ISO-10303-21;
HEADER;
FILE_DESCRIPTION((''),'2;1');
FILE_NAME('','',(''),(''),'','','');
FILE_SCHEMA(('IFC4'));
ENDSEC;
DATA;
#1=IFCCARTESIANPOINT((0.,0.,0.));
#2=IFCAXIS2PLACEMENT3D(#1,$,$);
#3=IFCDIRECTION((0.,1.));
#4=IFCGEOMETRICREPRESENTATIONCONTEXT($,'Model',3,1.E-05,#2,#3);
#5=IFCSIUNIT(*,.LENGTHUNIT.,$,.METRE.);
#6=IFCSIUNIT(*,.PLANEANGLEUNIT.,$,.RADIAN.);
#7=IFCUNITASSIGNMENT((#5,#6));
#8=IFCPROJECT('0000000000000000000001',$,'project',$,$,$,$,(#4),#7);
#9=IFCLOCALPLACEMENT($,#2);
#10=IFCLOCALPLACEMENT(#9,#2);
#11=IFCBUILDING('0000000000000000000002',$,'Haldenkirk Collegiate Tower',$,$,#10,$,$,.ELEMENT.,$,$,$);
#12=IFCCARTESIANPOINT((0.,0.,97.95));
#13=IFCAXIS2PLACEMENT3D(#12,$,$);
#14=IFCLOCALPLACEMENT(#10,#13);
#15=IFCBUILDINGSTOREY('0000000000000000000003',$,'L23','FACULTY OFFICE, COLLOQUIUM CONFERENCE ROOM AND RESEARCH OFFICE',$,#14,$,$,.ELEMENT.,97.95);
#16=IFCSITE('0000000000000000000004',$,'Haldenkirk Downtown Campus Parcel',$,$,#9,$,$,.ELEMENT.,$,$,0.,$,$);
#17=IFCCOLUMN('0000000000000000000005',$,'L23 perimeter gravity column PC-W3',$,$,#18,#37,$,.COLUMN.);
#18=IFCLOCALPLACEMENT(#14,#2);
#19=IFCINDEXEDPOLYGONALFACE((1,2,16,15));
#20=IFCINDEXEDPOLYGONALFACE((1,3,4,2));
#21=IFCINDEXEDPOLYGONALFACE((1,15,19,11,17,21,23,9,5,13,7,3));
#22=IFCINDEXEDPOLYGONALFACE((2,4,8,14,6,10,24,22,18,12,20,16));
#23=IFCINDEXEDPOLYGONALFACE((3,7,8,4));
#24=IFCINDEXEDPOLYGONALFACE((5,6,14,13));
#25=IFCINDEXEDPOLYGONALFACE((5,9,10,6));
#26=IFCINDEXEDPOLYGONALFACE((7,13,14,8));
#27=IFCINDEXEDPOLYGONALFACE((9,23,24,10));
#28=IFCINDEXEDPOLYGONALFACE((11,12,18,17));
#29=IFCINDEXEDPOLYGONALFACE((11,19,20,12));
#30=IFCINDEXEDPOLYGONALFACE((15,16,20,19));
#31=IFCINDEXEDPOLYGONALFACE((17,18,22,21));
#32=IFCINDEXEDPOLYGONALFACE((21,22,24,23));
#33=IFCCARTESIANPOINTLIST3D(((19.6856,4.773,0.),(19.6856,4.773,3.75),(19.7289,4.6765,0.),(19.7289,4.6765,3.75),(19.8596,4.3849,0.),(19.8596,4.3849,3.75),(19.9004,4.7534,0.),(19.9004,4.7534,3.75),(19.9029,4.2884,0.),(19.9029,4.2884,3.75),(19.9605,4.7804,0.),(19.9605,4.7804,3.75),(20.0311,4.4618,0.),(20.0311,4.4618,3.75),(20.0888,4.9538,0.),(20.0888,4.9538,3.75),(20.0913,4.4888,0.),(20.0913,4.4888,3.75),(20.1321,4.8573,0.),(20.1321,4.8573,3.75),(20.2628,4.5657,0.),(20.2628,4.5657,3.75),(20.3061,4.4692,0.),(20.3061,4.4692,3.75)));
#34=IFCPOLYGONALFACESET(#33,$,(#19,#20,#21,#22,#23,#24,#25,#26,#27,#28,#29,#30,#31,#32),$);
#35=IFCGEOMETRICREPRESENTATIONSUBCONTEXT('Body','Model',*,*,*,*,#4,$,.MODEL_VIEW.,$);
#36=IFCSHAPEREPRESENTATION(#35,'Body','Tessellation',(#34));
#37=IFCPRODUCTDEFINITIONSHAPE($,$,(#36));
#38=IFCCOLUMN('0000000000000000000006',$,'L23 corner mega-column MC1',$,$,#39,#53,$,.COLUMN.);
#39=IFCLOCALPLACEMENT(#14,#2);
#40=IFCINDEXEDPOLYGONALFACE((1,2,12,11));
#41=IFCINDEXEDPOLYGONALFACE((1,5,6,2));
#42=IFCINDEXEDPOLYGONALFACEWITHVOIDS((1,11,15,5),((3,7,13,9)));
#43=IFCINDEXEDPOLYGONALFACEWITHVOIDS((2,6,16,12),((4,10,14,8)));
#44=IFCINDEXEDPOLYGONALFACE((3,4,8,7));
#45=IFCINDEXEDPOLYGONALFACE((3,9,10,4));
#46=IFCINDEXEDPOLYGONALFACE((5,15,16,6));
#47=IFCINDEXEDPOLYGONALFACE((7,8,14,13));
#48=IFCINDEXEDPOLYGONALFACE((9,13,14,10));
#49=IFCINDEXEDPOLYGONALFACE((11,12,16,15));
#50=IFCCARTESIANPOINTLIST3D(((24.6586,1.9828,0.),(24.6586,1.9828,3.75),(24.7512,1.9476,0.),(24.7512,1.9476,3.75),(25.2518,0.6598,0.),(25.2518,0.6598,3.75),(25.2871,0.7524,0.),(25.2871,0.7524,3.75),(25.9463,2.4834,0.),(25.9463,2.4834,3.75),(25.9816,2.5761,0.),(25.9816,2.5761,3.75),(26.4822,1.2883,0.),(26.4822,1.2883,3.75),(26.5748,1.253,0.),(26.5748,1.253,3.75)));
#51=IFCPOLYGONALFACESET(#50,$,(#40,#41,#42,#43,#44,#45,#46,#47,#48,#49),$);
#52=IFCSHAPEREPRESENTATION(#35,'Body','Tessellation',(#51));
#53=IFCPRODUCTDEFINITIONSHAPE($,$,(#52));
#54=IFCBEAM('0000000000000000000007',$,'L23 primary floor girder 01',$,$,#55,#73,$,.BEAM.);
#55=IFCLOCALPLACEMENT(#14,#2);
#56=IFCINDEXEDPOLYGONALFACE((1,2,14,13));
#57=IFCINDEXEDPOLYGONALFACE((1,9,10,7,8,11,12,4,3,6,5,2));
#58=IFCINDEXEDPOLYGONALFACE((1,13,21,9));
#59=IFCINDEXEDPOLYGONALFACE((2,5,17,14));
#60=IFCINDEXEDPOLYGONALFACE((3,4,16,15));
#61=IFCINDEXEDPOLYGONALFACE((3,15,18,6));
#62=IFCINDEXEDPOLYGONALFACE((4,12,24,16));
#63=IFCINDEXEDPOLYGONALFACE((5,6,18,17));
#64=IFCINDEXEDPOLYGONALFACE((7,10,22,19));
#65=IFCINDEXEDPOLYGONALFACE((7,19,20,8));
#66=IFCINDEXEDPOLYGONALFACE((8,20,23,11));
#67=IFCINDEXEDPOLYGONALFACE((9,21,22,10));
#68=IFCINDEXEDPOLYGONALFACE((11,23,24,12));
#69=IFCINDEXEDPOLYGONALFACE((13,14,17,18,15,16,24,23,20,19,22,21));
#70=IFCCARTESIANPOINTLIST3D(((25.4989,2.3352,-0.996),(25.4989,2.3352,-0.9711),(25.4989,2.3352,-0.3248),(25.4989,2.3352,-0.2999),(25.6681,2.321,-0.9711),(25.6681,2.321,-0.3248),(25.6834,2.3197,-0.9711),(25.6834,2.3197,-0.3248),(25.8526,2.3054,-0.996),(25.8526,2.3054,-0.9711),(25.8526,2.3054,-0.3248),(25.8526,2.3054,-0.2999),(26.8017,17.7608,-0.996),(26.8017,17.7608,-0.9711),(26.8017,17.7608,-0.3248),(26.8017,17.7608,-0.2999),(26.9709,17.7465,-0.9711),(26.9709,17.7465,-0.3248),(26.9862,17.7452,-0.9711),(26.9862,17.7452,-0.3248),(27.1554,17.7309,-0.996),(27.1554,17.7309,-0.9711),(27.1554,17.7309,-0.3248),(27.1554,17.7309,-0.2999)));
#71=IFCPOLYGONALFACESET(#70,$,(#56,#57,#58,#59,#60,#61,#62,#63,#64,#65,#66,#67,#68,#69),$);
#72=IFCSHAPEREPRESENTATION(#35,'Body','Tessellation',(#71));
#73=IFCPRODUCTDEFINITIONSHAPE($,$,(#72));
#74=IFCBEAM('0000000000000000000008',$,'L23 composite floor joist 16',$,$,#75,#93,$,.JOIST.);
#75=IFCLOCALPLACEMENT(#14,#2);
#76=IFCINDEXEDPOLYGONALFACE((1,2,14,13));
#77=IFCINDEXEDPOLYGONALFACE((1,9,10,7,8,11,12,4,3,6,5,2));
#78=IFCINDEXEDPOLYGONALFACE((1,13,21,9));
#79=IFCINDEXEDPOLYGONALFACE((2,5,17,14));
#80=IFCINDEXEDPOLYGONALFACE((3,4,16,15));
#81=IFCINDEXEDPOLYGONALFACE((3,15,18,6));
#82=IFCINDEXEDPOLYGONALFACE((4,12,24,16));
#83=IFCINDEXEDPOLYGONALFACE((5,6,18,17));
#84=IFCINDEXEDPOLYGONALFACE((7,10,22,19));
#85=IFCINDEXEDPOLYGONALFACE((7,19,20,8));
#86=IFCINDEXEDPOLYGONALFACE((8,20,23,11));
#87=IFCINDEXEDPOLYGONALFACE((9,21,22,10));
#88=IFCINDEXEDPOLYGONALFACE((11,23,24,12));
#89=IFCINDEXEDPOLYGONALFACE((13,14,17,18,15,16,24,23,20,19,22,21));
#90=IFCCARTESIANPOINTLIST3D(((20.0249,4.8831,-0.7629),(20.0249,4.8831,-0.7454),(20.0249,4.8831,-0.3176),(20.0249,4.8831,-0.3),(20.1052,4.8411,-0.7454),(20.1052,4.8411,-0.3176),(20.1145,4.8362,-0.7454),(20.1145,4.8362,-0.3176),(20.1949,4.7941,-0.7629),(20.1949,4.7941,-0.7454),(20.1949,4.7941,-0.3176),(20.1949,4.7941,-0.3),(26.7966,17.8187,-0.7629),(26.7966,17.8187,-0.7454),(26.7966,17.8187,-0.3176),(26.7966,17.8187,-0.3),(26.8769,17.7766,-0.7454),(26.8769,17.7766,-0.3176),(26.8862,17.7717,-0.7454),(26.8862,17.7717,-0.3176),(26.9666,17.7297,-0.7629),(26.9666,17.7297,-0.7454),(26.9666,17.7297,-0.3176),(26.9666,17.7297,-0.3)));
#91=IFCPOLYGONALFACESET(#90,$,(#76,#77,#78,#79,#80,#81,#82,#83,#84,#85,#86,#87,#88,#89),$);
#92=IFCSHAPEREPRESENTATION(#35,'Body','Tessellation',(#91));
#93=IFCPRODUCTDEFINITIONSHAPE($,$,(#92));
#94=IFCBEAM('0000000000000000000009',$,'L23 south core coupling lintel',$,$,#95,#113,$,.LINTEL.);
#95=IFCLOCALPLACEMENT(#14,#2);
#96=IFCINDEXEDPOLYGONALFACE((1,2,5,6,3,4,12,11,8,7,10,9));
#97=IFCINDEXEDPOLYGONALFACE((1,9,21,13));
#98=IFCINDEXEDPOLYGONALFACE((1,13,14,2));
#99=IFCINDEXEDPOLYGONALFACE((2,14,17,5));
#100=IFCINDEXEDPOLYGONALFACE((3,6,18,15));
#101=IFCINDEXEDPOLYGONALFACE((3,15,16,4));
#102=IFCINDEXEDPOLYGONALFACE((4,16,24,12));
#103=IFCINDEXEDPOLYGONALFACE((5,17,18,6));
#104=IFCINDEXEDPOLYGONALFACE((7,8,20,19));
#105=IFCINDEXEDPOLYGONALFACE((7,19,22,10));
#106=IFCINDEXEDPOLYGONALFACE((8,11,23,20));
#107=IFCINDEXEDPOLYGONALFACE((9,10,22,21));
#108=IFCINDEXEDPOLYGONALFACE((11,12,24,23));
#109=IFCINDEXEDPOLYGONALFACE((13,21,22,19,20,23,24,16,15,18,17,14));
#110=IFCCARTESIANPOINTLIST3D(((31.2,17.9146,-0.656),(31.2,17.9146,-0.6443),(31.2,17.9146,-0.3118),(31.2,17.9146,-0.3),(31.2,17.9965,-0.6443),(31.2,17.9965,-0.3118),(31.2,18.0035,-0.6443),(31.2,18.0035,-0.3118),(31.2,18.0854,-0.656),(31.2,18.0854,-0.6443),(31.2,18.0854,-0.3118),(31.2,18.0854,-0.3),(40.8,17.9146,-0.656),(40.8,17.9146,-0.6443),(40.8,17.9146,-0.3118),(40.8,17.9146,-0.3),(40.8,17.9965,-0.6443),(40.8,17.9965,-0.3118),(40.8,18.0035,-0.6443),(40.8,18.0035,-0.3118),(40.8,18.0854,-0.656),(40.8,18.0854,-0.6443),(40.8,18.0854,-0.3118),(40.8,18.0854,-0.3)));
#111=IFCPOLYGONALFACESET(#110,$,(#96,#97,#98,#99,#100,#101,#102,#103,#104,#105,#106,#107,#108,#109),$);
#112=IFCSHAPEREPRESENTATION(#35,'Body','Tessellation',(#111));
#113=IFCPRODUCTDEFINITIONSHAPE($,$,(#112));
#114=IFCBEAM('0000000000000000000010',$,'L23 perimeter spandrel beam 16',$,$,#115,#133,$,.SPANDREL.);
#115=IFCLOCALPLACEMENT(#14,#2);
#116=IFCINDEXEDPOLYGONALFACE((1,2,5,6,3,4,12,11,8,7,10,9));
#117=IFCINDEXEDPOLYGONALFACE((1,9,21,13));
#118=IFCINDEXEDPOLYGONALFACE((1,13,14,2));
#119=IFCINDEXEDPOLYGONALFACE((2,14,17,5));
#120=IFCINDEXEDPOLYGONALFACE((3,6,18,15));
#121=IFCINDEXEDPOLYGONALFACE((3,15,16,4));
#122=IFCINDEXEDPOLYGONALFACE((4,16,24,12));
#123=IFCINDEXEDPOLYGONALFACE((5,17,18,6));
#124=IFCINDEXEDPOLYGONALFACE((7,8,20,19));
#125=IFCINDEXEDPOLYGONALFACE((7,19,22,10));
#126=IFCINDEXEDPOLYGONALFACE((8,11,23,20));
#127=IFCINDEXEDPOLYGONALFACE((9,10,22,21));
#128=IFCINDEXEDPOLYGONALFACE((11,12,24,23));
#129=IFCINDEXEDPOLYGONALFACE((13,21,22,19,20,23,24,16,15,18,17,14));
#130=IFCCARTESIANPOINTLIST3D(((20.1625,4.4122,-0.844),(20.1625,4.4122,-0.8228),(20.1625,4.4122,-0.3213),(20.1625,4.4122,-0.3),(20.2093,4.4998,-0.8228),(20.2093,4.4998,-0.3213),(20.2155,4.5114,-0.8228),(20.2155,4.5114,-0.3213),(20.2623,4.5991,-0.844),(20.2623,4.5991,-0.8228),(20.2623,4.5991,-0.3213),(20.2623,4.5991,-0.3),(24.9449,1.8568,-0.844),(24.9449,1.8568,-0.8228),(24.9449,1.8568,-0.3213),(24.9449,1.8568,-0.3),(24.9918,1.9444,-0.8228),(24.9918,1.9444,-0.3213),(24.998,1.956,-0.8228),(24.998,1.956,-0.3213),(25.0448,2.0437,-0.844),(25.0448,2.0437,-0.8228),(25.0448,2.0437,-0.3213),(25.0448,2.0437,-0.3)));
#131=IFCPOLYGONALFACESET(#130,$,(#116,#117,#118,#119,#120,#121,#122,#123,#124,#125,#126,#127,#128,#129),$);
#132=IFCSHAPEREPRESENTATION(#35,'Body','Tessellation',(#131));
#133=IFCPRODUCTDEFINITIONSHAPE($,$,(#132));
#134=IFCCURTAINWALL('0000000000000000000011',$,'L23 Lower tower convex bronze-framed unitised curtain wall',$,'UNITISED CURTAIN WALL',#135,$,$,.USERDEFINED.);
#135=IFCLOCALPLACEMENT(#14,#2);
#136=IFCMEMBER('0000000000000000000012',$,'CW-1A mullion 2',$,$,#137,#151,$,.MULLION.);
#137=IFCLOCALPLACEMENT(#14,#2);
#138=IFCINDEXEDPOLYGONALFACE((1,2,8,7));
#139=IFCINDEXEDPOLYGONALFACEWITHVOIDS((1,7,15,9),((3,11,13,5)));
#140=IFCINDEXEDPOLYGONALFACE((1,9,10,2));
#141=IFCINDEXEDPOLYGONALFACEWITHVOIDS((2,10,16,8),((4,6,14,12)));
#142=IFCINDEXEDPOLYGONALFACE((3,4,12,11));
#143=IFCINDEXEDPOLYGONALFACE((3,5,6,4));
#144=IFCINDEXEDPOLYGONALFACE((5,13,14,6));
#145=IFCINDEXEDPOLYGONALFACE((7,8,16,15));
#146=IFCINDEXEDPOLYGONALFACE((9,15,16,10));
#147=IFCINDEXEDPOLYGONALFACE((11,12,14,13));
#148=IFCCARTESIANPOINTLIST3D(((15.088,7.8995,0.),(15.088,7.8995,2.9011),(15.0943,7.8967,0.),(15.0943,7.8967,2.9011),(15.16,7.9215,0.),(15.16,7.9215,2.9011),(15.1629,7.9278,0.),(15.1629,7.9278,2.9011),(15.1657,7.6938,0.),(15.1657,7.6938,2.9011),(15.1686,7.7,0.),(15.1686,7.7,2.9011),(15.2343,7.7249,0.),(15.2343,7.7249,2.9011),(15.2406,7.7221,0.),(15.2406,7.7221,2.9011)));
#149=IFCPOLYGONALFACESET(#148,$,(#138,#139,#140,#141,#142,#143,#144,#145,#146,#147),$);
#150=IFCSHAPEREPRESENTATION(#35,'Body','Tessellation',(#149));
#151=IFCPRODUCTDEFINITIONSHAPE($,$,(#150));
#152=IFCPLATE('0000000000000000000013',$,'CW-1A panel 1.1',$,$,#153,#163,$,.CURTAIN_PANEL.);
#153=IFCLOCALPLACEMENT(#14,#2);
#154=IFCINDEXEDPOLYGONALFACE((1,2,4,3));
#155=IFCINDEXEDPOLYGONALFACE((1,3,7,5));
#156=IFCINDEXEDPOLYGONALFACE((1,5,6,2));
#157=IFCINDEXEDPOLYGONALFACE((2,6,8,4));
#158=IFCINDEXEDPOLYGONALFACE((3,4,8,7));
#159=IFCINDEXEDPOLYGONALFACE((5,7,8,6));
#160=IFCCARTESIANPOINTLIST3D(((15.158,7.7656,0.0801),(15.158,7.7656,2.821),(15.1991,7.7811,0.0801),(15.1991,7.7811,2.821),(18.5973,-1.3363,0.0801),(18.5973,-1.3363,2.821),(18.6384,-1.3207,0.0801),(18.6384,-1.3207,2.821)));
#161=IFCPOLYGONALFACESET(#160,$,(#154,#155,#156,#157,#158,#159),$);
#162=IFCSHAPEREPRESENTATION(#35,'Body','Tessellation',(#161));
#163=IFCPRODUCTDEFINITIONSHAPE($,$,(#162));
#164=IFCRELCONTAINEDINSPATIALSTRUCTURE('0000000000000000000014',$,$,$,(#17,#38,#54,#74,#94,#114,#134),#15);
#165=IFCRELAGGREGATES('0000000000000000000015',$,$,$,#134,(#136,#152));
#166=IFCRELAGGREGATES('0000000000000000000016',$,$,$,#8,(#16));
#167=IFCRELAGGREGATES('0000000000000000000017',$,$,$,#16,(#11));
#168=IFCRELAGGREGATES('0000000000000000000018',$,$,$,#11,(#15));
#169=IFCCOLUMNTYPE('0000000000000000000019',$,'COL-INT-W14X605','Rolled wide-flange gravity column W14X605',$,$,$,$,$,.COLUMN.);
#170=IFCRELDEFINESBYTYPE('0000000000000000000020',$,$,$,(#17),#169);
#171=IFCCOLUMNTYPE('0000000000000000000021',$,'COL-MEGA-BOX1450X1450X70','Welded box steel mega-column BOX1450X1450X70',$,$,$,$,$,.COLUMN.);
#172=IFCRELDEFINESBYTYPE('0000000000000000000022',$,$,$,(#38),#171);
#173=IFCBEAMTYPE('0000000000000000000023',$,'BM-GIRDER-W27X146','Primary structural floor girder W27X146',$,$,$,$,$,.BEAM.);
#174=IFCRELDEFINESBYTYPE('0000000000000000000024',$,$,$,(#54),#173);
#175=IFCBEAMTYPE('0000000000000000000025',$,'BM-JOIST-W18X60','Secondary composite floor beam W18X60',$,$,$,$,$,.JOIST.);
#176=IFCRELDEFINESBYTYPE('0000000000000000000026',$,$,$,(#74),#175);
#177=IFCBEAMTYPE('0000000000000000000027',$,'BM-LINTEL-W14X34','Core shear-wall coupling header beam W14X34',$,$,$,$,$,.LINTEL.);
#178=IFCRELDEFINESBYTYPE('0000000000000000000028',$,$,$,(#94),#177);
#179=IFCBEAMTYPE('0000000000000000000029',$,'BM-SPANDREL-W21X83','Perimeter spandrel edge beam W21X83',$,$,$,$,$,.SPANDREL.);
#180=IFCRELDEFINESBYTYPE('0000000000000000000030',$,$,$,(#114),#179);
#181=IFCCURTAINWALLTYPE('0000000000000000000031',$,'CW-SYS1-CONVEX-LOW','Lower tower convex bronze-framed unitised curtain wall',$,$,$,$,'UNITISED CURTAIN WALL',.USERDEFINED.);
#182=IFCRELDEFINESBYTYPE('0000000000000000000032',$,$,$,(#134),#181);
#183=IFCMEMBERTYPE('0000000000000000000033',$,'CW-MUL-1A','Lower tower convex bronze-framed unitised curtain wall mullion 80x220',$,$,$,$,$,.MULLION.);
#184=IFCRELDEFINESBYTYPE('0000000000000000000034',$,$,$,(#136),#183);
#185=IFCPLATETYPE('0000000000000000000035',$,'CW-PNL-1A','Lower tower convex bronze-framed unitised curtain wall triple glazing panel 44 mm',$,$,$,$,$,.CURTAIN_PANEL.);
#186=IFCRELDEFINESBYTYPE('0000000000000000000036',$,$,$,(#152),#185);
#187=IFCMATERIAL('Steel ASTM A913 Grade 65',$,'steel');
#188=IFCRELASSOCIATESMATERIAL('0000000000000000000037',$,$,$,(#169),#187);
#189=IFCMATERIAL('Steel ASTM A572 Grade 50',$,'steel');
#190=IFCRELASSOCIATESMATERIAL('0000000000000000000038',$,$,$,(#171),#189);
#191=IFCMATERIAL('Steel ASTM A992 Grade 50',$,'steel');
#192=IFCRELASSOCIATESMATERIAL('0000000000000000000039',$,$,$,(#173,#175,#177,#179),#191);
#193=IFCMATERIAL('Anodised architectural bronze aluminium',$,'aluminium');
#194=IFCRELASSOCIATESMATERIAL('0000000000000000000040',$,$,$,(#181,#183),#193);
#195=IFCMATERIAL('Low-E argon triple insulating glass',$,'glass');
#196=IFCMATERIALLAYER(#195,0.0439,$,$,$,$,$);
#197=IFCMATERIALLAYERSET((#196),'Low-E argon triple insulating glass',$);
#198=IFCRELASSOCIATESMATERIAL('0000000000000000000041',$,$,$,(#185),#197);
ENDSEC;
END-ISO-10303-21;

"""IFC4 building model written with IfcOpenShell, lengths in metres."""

from ifc_helpers import new_model, si_unit, direction, frame, origin, origin_2d, place, context, subcontext, project, spatial, rectangle, hollow_rectangle, i_section, extrude, source, transform, mapped, material, layer, layer_set, material_profile, profile_set, type_object, element, aggregate, save


model = new_model("IFC4")

# Units and contexts
model_context = context("Model", 3, precision=1e-05, world=origin(), true_north=direction((0.0, 1.0)))
body_context = subcontext(model_context, "Body", "Model", "MODEL_VIEW")
ifc_project = project(units=[si_unit("LENGTHUNIT", "METRE"), si_unit("PLANEANGLEUNIT", "RADIAN")], contexts=[model_context])

# Site, building, storey
site_placement = place(None, origin())
site = spatial("IfcSite", under=ifc_project, at=site_placement, Name="Haldenkirk Downtown Campus Parcel", CompositionType="ELEMENT", RefElevation=0.0)
building_placement = place(site_placement, origin())
building = spatial("IfcBuilding", under=site, at=building_placement, Name="Haldenkirk Collegiate Tower", CompositionType="ELEMENT")
storey_placement = place(building_placement, frame((0.0, 0.0, 97.95)))
storey = spatial("IfcBuildingStorey", under=building, at=storey_placement, Name="L23", Description="FACULTY OFFICE, COLLOQUIUM CONFERENCE ROOM AND RESEARCH OFFICE", CompositionType="ELEMENT", Elevation=97.95)

# Columns
ifc_material_1 = material(Name="Steel ASTM A913 Grade 65", Category="steel")
ifc_material_profile_1 = material_profile(ifc_material_1, i_section(OverallWidth=0.4419, OverallDepth=0.531, WebThickness=0.0659, FlangeThickness=0.1057, at=origin_2d()), Name="W14X605")
ifc_profile_set_1 = profile_set([ifc_material_profile_1], Name="Steel ASTM A913 Grade 65")
column_type_1 = type_object("IfcColumnType", Name="COL-INT-W14X605", Description="Rolled wide-flange gravity column W14X605", PredefinedType="COLUMN", material=ifc_profile_set_1)
column_1_placement = place(storey_placement, frame((19.9958, 4.6211, 0.0), z_axis=(0.0, 0.0, 1.0), x_axis=(0.912477, 0.409127, 0.0)))
element("IfcColumn", 1, at=column_1_placement, inside=storey, type_object=column_type_1, Name="L23 perimeter gravity column PC-W3", PredefinedType="COLUMN", context=body_context, shape_type="SweptSolid", body=[
    extrude(i_section(OverallWidth=0.4419, OverallDepth=0.531, WebThickness=0.0659, FlangeThickness=0.1057, at=origin_2d()), origin(), (0.0, 0.0, 1.0), 3.75),
])
ifc_material_2 = material(Name="Steel ASTM A572 Grade 50", Category="steel")
ifc_material_profile_2 = material_profile(ifc_material_2, hollow_rectangle(XDim=1.45, YDim=1.45, WallThickness=0.0701, at=origin_2d()), Name="BOX1450X1450X70")
ifc_profile_set_2 = profile_set([ifc_material_profile_2], Name="Steel ASTM A572 Grade 50")
column_type_2 = type_object("IfcColumnType", Name="COL-MEGA-BOX1450X1450X70", Description="Welded box steel mega-column BOX1450X1450X70", PredefinedType="COLUMN", material=ifc_profile_set_2)
column_2_placement = place(storey_placement, frame((25.6167, 1.6179, 0.0), z_axis=(0.0, 0.0, 1.0), x_axis=(0.912477, 0.409127, 0.0)))
element("IfcColumn", 2, at=column_2_placement, inside=storey, type_object=column_type_2, Name="L23 corner mega-column MC1", PredefinedType="COLUMN", context=body_context, shape_type="SweptSolid", body=[
    extrude(hollow_rectangle(XDim=1.45, YDim=1.45, WallThickness=0.0701, at=origin_2d()), origin(), (0.0, 0.0, 1.0), 3.75),
])

# Beams
ifc_material_3 = material(Name="Steel ASTM A992 Grade 50", Category="steel")
ifc_material_profile_3 = material_profile(ifc_material_3, i_section(OverallWidth=0.355, OverallDepth=0.696, WebThickness=0.0154, FlangeThickness=0.0249, at=origin_2d()), Name="W27X146")
ifc_profile_set_3 = profile_set([ifc_material_profile_3], Name="Steel ASTM A992 Grade 50")
beam_type_1 = type_object("IfcBeamType", Name="BM-GIRDER-W27X146", Description="Primary structural floor girder W27X146", PredefinedType="BEAM", material=ifc_profile_set_3)
beam_1_placement = place(storey_placement, frame((25.6758, 2.3203, -0.6479), z_axis=(0.084154, 0.996453, 0.0), x_axis=(-0.996453, 0.084154, 0.0)))
element("IfcBeam", 3, at=beam_1_placement, inside=storey, type_object=beam_type_1, Name="L23 primary floor girder 01", PredefinedType="BEAM", context=body_context, shape_type="SweptSolid", body=[
    extrude(i_section(OverallWidth=0.355, OverallDepth=0.696, WebThickness=0.0154, FlangeThickness=0.0249, at=origin_2d()), origin(), (0.0, 0.0, 1.0), 15.4805),
])
ifc_material_profile_4 = material_profile(ifc_material_3, i_section(OverallWidth=0.1919, OverallDepth=0.4629, WebThickness=0.0105, FlangeThickness=0.0176, at=origin_2d()), Name="W18X60")
ifc_profile_set_4 = profile_set([ifc_material_profile_4], Name="Steel ASTM A992 Grade 50")
beam_type_2 = type_object("IfcBeamType", Name="BM-JOIST-W18X60", Description="Secondary composite floor beam W18X60", PredefinedType="JOIST", material=ifc_profile_set_4)
beam_2_placement = place(storey_placement, frame((20.1099, 4.8386, -0.5315), z_axis=(0.46379, 0.885945, 0.0), x_axis=(-0.885945, 0.46379, 0.0)))
element("IfcBeam", 4, at=beam_2_placement, inside=storey, type_object=beam_type_2, Name="L23 composite floor joist 16", PredefinedType="JOIST", context=body_context, shape_type="SweptSolid", body=[
    extrude(i_section(OverallWidth=0.1919, OverallDepth=0.4629, WebThickness=0.0105, FlangeThickness=0.0176, at=origin_2d()), origin(), (0.0, 0.0, 1.0), 14.6008),
])
ifc_material_profile_5 = material_profile(ifc_material_3, i_section(OverallWidth=0.1709, OverallDepth=0.356, WebThickness=0.0071, FlangeThickness=0.0117, at=origin_2d()), Name="W14X34")
ifc_profile_set_5 = profile_set([ifc_material_profile_5], Name="Steel ASTM A992 Grade 50")
beam_type_3 = type_object("IfcBeamType", Name="BM-LINTEL-W14X34", Description="Core shear-wall coupling header beam W14X34", PredefinedType="LINTEL", material=ifc_profile_set_5)
beam_3_placement = place(storey_placement, frame((31.2, 18.0, -0.478), z_axis=(1.0, 0.0, 0.0), x_axis=(0.0, 1.0, 0.0)))
element("IfcBeam", 5, at=beam_3_placement, inside=storey, type_object=beam_type_3, Name="L23 south core coupling lintel", PredefinedType="LINTEL", context=body_context, shape_type="SweptSolid", body=[
    extrude(i_section(OverallWidth=0.1709, OverallDepth=0.356, WebThickness=0.0071, FlangeThickness=0.0117, at=origin_2d()), origin(), (0.0, 0.0, 1.0), 9.6001),
])
ifc_material_profile_6 = material_profile(ifc_material_3, i_section(OverallWidth=0.2119, OverallDepth=0.5439, WebThickness=0.0132, FlangeThickness=0.0212, at=origin_2d()), Name="W21X83")
ifc_profile_set_6 = profile_set([ifc_material_profile_6], Name="Steel ASTM A992 Grade 50")
beam_type_4 = type_object("IfcBeamType", Name="BM-SPANDREL-W21X83", Description="Perimeter spandrel edge beam W21X83", PredefinedType="SPANDREL", material=ifc_profile_set_6)
beam_4_placement = place(storey_placement, frame((20.2124, 4.5056, -0.572), z_axis=(0.881987, -0.471273, 0.0), x_axis=(0.471273, 0.881987, 0.0)))
element("IfcBeam", 6, at=beam_4_placement, inside=storey, type_object=beam_type_4, Name="L23 perimeter spandrel beam 16", PredefinedType="SPANDREL", context=body_context, shape_type="SweptSolid", body=[
    extrude(i_section(OverallWidth=0.2119, OverallDepth=0.5439, WebThickness=0.0132, FlangeThickness=0.0212, at=origin_2d()), origin(), (0.0, 0.0, 1.0), 5.4224),
])

# Curtain wall, member, plate
ifc_material_4 = material(Name="Anodised architectural bronze aluminium", Category="aluminium")
curtain_wall_type = type_object("IfcCurtainWallType", Name="CW-SYS1-CONVEX-LOW", Description="Lower tower convex bronze-framed unitised curtain wall", ElementType="UNITISED CURTAIN WALL", PredefinedType="USERDEFINED", material=ifc_material_4)
curtain_wall_placement = place(storey_placement, origin())
curtain_wall = element("IfcCurtainWall", 7, at=curtain_wall_placement, inside=storey, type_object=curtain_wall_type, Name="L23 Lower tower convex bronze-framed unitised curtain wall", ObjectType="UNITISED CURTAIN WALL", PredefinedType="USERDEFINED")
ifc_material_profile_7 = material_profile(ifc_material_4, hollow_rectangle(XDim=0.0801, YDim=0.22, WallThickness=0.0049, at=origin_2d()), Name="CW-MUL-1A")
ifc_profile_set_7 = profile_set([ifc_material_profile_7], Name="Anodised architectural bronze aluminium")
member_type = type_object("IfcMemberType", Name="CW-MUL-1A", Description="Lower tower convex bronze-framed unitised curtain wall mullion 80x220", PredefinedType="MULLION", material=ifc_profile_set_7)
member_placement = place(storey_placement, frame((15.1643, 7.8108, 0.0), z_axis=(0.0, 0.0, 1.0), x_axis=(-0.935443, -0.353477, 0.0)))
member = element("IfcMember", 8, at=member_placement, type_object=member_type, Name="CW-1A mullion 2", PredefinedType="MULLION", context=body_context, shape_type="SweptSolid", body=[
    extrude(hollow_rectangle(XDim=0.0801, YDim=0.22, WallThickness=0.0049, at=origin_2d()), origin(), (0.0, 0.0, 1.0), 2.9011),
])
ifc_material_5 = material(Name="Low-E argon triple insulating glass", Category="glass")
ifc_layer_1 = layer(ifc_material_5, 0.0439)
ifc_layer_set_1 = layer_set([ifc_layer_1], Name="Low-E argon triple insulating glass")
plate_type = type_object("IfcPlateType", Name="CW-PNL-1A", Description="Lower tower convex bronze-framed unitised curtain wall triple glazing panel 44 mm", PredefinedType="CURTAIN_PANEL", material=ifc_layer_set_1)
shared_shape = source(origin(), body_context, "Body", "SweptSolid", [
    extrude(rectangle(XDim=9.73, YDim=0.0439, at=origin_2d()), origin(), (0.0, 0.0, 1.0), 2.741),
])
plate_placement = place(storey_placement, frame((16.8982, 3.2224, 0.0801), z_axis=(0.0, 0.0, 1.0), x_axis=(-0.353477, 0.935443, 0.0)))
plate = element("IfcPlate", 9, at=plate_placement, type_object=plate_type, Name="CW-1A panel 1.1", PredefinedType="CURTAIN_PANEL", context=body_context, shape_type="MappedRepresentation", body=[
    mapped(shared_shape, transform((0.0, 0.0, 0.0), x_axis=(1.0, 0.0, 0.0), y_axis=(0.0, 1.0, 0.0), z_axis=(0.0, 0.0, 1.0), scale=1.0)),
])
aggregate(curtain_wall, [member, plate])

save(model, "model.ifc")
